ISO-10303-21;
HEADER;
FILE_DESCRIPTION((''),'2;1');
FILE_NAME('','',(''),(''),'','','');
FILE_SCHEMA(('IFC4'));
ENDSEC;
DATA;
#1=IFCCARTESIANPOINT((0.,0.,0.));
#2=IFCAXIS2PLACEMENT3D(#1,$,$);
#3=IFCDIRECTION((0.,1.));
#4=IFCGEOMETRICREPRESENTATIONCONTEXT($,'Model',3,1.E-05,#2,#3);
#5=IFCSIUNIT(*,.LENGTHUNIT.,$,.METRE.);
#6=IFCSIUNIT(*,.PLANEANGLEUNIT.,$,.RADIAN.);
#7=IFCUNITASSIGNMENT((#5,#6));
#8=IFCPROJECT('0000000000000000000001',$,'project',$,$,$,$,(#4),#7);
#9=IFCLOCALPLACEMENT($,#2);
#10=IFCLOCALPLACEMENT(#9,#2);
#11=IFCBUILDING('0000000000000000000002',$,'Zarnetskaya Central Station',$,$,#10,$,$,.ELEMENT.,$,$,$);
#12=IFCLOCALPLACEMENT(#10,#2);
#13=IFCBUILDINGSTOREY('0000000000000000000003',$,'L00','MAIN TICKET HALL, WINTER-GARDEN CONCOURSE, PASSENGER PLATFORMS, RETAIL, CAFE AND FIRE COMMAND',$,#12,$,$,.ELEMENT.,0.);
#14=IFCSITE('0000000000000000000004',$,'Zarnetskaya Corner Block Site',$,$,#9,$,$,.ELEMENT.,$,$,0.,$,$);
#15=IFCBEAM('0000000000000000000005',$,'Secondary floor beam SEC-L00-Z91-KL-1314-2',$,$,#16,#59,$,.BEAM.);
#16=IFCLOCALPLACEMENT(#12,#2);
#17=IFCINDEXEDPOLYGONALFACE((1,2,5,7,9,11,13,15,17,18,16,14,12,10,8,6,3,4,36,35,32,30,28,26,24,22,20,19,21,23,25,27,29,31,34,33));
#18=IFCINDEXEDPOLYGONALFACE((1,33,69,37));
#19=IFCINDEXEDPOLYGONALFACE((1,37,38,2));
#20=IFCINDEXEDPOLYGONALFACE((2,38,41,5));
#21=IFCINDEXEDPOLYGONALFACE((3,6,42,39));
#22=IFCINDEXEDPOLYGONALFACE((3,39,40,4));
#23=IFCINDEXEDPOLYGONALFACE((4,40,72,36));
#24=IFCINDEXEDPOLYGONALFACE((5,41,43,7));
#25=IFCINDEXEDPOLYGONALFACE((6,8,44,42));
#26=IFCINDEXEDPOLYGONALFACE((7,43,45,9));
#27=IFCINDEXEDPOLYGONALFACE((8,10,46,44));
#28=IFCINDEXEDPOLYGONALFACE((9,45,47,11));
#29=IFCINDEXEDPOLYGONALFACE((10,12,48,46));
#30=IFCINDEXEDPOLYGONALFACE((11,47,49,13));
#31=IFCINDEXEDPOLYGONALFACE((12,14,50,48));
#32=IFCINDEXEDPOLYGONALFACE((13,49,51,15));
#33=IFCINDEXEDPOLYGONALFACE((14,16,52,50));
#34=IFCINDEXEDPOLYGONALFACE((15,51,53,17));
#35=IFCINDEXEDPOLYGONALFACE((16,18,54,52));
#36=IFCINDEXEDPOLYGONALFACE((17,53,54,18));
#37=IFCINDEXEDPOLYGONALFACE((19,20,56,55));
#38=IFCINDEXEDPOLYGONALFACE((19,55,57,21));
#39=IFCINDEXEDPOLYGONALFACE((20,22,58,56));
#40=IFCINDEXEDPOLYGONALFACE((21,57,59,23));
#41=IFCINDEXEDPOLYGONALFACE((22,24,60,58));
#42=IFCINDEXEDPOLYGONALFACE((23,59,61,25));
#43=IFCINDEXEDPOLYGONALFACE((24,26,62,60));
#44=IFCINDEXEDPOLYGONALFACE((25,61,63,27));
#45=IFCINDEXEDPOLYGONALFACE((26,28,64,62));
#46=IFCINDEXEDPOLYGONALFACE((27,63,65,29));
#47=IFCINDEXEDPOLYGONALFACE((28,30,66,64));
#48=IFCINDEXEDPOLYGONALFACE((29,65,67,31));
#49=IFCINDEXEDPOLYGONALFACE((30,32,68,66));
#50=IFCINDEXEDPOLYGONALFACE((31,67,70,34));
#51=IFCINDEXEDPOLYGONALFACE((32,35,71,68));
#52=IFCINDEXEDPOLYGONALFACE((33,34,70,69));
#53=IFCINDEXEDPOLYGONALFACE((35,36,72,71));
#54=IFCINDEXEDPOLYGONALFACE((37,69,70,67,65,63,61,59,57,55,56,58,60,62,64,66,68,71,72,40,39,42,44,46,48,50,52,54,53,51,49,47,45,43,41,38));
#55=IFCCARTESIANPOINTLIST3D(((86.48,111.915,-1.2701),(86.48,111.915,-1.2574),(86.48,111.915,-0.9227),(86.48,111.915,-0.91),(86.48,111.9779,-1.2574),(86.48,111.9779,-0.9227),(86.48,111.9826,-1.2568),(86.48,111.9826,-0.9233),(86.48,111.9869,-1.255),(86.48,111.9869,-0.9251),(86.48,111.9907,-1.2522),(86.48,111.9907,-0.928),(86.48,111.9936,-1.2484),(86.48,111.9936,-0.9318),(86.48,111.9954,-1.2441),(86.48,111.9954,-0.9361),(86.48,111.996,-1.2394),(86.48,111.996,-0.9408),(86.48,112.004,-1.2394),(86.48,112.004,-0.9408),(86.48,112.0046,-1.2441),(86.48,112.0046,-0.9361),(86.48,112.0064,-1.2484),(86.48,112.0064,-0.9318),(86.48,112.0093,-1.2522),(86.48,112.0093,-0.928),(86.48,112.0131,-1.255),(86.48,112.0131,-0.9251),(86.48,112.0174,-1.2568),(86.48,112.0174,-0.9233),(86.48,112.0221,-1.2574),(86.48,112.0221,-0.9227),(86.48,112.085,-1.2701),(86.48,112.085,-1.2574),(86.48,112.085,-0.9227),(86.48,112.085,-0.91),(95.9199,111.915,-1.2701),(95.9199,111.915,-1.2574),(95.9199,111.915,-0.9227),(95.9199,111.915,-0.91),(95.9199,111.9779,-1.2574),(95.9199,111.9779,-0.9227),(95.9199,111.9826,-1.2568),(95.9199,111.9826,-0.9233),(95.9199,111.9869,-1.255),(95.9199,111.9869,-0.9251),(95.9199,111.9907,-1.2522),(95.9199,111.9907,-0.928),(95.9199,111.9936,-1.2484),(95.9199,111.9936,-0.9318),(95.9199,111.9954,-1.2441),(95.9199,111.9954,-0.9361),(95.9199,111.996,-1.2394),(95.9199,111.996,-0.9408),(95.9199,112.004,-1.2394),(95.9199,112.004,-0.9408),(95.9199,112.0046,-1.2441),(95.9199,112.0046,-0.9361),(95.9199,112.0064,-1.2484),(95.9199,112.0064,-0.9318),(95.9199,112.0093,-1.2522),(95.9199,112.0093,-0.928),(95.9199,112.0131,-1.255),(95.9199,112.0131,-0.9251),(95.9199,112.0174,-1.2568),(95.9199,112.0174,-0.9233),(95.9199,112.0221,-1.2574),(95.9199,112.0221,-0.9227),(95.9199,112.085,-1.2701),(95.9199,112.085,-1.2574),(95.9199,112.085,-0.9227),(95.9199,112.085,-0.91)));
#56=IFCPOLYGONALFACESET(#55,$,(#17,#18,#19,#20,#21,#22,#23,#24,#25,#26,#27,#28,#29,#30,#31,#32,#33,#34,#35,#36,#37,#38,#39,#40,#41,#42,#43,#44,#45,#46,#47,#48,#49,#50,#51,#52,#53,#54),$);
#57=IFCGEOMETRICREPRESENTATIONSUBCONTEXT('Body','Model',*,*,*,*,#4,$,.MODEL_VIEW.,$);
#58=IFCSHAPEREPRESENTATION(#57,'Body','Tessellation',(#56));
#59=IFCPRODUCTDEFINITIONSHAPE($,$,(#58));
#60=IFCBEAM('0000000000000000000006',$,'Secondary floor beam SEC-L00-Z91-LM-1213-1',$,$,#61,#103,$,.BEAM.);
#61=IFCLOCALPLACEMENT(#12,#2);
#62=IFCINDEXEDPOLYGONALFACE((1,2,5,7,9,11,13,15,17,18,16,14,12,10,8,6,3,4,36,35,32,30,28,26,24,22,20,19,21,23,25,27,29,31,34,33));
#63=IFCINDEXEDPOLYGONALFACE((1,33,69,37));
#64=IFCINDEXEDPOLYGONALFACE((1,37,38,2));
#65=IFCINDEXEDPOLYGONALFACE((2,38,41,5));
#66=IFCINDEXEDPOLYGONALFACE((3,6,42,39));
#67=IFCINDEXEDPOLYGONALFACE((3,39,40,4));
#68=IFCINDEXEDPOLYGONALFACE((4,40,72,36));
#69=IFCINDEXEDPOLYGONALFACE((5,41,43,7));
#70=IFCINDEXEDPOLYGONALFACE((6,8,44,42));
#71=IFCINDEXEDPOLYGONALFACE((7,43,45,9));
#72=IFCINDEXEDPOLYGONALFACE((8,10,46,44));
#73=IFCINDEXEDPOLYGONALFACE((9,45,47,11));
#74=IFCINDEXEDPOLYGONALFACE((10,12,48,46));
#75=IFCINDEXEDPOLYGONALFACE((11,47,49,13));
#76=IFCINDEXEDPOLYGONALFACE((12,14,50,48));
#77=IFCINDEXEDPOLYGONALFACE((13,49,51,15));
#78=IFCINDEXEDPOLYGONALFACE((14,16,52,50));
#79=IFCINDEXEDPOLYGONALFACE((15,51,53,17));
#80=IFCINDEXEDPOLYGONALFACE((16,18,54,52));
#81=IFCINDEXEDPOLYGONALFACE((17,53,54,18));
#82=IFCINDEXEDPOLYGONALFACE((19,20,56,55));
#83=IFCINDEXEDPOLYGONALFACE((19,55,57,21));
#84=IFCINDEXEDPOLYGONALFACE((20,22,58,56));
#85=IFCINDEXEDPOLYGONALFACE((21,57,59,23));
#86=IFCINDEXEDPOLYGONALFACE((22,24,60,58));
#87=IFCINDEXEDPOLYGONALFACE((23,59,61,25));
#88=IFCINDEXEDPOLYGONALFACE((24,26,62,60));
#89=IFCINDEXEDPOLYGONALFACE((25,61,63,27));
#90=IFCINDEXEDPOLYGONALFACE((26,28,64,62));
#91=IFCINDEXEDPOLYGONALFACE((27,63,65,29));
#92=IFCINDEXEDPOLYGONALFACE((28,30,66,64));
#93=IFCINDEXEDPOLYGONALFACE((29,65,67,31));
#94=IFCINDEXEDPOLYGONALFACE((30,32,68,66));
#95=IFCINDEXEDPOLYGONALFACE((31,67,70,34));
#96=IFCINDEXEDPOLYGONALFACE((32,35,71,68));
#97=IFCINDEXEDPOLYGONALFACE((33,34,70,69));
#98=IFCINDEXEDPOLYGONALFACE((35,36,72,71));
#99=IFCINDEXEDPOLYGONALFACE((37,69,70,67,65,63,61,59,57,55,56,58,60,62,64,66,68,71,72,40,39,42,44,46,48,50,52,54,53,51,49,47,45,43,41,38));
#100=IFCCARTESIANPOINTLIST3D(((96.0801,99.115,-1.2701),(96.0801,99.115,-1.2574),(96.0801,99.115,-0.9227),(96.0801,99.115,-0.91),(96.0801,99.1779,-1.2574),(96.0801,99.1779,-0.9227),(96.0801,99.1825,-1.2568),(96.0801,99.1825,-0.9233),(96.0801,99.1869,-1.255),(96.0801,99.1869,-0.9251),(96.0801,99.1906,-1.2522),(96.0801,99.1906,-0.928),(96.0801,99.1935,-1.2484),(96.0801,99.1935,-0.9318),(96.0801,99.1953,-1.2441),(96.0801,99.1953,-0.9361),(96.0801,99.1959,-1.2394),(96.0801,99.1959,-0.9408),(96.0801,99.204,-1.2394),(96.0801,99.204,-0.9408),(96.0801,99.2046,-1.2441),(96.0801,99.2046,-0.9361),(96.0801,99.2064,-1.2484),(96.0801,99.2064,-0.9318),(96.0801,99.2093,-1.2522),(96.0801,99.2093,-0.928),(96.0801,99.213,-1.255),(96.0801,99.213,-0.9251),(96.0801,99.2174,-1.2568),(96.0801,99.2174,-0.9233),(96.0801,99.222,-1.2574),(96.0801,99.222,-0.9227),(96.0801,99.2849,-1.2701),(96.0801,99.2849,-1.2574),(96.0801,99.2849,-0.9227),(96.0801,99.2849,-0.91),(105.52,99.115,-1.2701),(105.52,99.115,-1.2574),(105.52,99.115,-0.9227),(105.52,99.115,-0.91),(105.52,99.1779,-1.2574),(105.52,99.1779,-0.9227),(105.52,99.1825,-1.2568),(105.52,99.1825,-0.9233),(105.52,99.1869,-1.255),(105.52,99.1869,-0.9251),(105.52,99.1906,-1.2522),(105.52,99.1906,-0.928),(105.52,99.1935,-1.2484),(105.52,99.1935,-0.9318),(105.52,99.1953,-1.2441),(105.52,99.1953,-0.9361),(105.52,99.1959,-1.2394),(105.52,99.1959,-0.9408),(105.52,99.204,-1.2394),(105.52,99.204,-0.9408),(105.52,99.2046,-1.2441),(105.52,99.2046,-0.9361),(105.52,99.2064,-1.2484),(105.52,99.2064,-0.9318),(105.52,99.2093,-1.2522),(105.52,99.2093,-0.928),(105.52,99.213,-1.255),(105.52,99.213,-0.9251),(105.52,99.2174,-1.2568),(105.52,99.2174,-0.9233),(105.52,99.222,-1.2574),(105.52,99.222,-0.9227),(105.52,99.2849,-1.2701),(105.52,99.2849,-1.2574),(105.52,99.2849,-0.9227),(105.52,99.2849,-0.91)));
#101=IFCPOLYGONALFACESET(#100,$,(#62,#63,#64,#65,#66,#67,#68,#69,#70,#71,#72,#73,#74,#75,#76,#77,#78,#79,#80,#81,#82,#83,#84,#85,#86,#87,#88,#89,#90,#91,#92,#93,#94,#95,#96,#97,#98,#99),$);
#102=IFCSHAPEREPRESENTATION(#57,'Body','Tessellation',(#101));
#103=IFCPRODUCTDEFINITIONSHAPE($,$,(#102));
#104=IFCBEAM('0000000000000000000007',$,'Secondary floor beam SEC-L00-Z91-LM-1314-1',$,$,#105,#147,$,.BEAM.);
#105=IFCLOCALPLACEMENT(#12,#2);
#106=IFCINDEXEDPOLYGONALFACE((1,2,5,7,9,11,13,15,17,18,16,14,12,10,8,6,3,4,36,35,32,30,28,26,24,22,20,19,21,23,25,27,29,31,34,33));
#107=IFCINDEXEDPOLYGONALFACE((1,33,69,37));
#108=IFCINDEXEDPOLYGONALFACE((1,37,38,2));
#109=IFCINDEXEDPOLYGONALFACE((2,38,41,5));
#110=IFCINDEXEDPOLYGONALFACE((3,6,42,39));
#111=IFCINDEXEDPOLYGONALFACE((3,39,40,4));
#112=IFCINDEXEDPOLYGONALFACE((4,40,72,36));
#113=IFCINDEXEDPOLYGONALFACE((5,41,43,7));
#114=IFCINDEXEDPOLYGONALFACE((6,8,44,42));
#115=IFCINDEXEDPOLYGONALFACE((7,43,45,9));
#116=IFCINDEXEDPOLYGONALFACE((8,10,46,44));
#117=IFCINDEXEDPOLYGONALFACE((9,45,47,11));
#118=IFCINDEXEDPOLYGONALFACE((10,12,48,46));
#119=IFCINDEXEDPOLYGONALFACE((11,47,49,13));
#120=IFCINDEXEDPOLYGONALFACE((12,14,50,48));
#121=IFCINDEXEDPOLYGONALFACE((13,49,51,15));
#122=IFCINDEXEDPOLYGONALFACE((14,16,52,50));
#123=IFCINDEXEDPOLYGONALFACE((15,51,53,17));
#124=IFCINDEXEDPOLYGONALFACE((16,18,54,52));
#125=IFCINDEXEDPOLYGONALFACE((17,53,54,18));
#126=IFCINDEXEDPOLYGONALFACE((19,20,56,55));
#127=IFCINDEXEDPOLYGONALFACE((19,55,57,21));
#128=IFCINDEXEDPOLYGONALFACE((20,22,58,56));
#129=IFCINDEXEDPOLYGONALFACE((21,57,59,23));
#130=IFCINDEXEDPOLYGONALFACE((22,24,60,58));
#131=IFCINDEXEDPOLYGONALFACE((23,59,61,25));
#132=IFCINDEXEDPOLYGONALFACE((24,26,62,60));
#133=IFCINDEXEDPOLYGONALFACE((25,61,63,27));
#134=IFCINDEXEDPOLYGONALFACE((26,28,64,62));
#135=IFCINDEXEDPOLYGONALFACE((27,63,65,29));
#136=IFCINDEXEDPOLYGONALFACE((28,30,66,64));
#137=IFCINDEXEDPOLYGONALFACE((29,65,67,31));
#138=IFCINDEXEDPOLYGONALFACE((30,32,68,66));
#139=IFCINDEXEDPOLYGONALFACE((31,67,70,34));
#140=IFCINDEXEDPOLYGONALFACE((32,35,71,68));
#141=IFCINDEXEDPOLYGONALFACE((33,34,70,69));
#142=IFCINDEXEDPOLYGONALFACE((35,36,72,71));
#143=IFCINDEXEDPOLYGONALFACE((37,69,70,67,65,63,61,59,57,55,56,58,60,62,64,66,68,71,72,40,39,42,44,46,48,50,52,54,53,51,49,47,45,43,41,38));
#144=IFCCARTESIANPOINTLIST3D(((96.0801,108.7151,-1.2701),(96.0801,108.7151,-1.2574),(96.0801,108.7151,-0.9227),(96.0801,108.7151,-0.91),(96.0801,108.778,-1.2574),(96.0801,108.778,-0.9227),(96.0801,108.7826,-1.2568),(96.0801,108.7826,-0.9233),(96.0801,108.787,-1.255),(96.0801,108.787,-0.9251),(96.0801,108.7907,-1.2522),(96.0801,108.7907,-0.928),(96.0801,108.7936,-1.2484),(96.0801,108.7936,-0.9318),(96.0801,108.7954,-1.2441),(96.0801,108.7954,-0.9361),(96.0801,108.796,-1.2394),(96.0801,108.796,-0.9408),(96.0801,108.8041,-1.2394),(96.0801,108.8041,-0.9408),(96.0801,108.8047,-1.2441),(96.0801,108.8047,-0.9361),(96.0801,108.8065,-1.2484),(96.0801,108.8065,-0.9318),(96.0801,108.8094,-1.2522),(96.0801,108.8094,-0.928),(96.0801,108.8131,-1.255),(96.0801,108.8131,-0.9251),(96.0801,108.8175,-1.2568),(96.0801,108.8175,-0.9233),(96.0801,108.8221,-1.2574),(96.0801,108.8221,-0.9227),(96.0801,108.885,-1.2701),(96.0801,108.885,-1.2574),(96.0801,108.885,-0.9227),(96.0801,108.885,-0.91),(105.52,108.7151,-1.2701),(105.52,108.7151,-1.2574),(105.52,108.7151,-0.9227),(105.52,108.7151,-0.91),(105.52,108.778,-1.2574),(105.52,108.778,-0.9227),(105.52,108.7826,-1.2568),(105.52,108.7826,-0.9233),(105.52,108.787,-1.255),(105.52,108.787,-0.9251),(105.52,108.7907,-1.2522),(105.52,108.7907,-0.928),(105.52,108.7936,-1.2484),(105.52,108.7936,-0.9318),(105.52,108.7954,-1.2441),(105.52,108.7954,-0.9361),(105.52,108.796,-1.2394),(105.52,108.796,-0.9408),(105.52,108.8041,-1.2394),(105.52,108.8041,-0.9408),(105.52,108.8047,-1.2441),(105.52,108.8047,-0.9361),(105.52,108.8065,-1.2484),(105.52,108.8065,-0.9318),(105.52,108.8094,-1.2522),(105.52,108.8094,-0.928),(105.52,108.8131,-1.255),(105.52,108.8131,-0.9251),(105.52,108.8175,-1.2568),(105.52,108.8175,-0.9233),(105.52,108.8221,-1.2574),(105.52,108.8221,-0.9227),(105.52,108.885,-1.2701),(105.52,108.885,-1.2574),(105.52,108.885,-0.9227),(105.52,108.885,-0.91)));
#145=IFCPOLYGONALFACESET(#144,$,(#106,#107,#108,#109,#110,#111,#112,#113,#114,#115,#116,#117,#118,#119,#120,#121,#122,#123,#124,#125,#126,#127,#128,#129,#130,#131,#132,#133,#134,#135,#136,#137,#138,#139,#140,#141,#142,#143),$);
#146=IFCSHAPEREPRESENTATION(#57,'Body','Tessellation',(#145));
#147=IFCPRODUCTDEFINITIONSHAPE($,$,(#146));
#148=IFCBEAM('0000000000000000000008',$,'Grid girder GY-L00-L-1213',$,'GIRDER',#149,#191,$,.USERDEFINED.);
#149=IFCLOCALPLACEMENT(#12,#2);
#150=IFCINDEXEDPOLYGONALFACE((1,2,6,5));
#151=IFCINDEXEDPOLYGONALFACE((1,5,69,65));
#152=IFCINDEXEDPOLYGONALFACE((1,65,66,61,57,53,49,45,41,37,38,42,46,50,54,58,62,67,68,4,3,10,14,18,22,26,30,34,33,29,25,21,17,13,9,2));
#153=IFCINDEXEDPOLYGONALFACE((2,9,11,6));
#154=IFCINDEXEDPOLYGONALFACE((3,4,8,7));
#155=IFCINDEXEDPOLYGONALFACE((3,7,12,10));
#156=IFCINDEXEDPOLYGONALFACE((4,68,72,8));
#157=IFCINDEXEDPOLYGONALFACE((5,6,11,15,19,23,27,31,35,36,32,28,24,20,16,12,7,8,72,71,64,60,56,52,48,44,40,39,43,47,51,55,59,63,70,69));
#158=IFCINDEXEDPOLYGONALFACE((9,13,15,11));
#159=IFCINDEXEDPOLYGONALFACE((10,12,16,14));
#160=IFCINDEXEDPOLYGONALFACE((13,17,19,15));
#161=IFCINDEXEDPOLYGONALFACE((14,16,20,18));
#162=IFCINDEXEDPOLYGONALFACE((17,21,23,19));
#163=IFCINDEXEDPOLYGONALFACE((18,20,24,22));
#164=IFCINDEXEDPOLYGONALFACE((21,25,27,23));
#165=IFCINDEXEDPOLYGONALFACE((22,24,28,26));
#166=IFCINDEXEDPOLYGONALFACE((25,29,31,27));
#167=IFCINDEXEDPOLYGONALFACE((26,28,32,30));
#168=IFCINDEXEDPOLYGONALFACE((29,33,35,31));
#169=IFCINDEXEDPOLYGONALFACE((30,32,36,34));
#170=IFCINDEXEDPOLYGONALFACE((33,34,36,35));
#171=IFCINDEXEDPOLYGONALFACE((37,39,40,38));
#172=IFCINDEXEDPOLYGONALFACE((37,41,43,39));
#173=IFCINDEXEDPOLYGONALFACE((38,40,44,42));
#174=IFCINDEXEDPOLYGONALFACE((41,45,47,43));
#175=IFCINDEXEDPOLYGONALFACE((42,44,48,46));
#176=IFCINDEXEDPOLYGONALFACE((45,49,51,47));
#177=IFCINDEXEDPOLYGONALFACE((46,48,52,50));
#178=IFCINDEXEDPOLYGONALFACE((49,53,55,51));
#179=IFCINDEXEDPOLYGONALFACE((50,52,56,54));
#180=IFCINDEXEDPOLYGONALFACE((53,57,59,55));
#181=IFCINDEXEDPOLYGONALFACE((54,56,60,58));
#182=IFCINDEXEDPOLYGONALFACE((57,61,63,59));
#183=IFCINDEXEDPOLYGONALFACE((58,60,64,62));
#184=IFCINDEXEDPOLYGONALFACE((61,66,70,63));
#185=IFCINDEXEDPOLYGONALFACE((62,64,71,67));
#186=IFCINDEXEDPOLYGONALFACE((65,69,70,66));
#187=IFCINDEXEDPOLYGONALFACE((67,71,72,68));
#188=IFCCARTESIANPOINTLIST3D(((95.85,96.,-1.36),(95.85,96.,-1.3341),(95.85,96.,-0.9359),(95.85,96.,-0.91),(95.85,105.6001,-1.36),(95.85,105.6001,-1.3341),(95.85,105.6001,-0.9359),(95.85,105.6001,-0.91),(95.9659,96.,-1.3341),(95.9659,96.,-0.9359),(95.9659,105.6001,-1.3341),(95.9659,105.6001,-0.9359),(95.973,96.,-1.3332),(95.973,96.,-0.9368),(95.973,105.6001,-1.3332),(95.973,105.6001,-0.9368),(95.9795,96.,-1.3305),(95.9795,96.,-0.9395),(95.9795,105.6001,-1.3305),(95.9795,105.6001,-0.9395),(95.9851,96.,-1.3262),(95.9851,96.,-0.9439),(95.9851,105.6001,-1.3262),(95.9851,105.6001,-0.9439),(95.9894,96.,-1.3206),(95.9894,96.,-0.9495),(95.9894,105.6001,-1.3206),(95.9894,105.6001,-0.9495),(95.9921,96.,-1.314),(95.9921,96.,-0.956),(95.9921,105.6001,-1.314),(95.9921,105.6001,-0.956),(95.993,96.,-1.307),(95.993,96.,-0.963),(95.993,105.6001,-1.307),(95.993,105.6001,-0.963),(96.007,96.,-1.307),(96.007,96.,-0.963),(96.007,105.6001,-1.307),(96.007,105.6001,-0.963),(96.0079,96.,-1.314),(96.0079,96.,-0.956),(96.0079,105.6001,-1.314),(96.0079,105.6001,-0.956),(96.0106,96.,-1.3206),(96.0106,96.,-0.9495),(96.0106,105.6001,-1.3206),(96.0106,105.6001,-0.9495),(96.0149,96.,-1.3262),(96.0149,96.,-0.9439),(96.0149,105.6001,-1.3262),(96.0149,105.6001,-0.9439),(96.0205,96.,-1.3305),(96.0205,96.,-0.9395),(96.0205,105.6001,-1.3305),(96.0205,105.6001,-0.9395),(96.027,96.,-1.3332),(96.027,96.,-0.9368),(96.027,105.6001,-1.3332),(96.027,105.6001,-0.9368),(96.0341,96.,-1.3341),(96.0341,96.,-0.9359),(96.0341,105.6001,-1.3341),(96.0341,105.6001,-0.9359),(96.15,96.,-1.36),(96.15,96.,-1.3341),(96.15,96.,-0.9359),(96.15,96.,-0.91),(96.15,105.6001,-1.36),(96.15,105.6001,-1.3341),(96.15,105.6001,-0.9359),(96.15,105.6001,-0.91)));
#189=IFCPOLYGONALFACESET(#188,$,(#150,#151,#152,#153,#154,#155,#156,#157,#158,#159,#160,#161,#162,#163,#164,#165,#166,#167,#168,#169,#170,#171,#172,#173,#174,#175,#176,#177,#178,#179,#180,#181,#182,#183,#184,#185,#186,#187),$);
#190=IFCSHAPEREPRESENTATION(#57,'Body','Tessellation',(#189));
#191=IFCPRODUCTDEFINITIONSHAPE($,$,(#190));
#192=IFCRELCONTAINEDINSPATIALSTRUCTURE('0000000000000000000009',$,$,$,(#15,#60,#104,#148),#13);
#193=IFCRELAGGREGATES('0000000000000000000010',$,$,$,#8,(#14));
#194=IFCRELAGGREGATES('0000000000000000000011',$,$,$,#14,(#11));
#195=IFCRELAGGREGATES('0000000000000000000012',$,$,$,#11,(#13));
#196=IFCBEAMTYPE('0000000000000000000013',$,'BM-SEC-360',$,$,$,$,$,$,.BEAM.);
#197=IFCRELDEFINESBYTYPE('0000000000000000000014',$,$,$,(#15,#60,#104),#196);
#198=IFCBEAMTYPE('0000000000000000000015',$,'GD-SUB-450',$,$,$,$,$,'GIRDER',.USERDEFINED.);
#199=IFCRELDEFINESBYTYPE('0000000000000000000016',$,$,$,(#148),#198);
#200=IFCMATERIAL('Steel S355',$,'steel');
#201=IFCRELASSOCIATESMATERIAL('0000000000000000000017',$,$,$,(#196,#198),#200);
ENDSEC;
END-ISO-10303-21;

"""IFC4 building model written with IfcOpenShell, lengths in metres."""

from ifc_helpers import new_model, si_unit, direction, frame, origin, origin_2d, place, context, subcontext, project, spatial, i_section, extrude, material, material_profile, profile_set, type_object, element, save


model = new_model("IFC4")

# Units and contexts
model_context = context("Model", 3, precision=1e-05, world=origin(), true_north=direction((0.0, 1.0)))
body_context = subcontext(model_context, "Body", "Model", "MODEL_VIEW")
ifc_project = project(units=[si_unit("LENGTHUNIT", "METRE"), si_unit("PLANEANGLEUNIT", "RADIAN")], contexts=[model_context])

# Site, building, storey
site_placement = place(None, origin())
site = spatial("IfcSite", under=ifc_project, at=site_placement, Name="Zarnetskaya Corner Block Site", CompositionType="ELEMENT", RefElevation=0.0)
building_placement = place(site_placement, origin())
building = spatial("IfcBuilding", under=site, at=building_placement, Name="Zarnetskaya Central Station", CompositionType="ELEMENT")
storey_placement = place(building_placement, origin())
storey = spatial("IfcBuildingStorey", under=building, at=storey_placement, Name="L00", Description="MAIN TICKET HALL, WINTER-GARDEN CONCOURSE, PASSENGER PLATFORMS, RETAIL, CAFE AND FIRE COMMAND", CompositionType="ELEMENT", Elevation=0.0)

# Shared definitions
ifc_material_1 = material(Name="Steel S355", Category="steel")

# Beams
ifc_material_profile_1 = material_profile(ifc_material_1, i_section(OverallWidth=0.1699, OverallDepth=0.3601, WebThickness=0.0081, FlangeThickness=0.0127, FilletRadius=0.0181, at=origin_2d()), Name="IPE 360")
ifc_profile_set_1 = profile_set([ifc_material_profile_1], Name="Steel S355")
beam_type_1 = type_object("IfcBeamType", Name="BM-SEC-360", PredefinedType="BEAM", material=ifc_profile_set_1)
for number, where, z_axis, x_axis, name in (
    (1, (86.48, 112.0, -1.0901), (1.0, 0.0, 0.0), (0.0, 1.0, 0.0), "Secondary floor beam SEC-L00-Z91-KL-1314-2"),
    (2, (96.0801, 99.2, -1.0901), (1.0, 0.0, 0.0), (0.0, 1.0, 0.0), "Secondary floor beam SEC-L00-Z91-LM-1213-1"),
    (3, (96.0801, 108.8, -1.0901), (1.0, 0.0, 0.0), (0.0, 1.0, 0.0), "Secondary floor beam SEC-L00-Z91-LM-1314-1"),
):
    element("IfcBeam", number, at=place(storey_placement, frame(where, z_axis=z_axis, x_axis=x_axis)), inside=storey, type_object=beam_type_1, Name=name, PredefinedType="BEAM", context=body_context, shape_type="SweptSolid", body=[
        extrude(i_section(OverallWidth=0.1699, OverallDepth=0.3601, WebThickness=0.0081, FlangeThickness=0.0127, FilletRadius=0.0181, at=origin_2d()), origin(), (0.0, 0.0, 1.0), 9.4399),
    ])
ifc_material_profile_2 = material_profile(ifc_material_1, i_section(OverallWidth=0.3, OverallDepth=0.45, WebThickness=0.0139, FlangeThickness=0.0259, FilletRadius=0.0271, at=origin_2d()), Name="HEB 450")
ifc_profile_set_2 = profile_set([ifc_material_profile_2], Name="Steel S355")
beam_type_2 = type_object("IfcBeamType", Name="GD-SUB-450", ElementType="GIRDER", PredefinedType="USERDEFINED", material=ifc_profile_set_2)
beam_1_placement = place(storey_placement, frame((96.0, 96.0, -1.135), z_axis=(0.0, 1.0, 0.0), x_axis=(-1.0, 0.0, 0.0)))
element("IfcBeam", 4, at=beam_1_placement, inside=storey, type_object=beam_type_2, Name="Grid girder GY-L00-L-1213", ObjectType="GIRDER", PredefinedType="USERDEFINED", context=body_context, shape_type="SweptSolid", body=[
    extrude(i_section(OverallWidth=0.3, OverallDepth=0.45, WebThickness=0.0139, FlangeThickness=0.0259, FilletRadius=0.0271, at=origin_2d()), origin(), (0.0, 0.0, 1.0), 9.6001),
])

save(model, "model.ifc")
